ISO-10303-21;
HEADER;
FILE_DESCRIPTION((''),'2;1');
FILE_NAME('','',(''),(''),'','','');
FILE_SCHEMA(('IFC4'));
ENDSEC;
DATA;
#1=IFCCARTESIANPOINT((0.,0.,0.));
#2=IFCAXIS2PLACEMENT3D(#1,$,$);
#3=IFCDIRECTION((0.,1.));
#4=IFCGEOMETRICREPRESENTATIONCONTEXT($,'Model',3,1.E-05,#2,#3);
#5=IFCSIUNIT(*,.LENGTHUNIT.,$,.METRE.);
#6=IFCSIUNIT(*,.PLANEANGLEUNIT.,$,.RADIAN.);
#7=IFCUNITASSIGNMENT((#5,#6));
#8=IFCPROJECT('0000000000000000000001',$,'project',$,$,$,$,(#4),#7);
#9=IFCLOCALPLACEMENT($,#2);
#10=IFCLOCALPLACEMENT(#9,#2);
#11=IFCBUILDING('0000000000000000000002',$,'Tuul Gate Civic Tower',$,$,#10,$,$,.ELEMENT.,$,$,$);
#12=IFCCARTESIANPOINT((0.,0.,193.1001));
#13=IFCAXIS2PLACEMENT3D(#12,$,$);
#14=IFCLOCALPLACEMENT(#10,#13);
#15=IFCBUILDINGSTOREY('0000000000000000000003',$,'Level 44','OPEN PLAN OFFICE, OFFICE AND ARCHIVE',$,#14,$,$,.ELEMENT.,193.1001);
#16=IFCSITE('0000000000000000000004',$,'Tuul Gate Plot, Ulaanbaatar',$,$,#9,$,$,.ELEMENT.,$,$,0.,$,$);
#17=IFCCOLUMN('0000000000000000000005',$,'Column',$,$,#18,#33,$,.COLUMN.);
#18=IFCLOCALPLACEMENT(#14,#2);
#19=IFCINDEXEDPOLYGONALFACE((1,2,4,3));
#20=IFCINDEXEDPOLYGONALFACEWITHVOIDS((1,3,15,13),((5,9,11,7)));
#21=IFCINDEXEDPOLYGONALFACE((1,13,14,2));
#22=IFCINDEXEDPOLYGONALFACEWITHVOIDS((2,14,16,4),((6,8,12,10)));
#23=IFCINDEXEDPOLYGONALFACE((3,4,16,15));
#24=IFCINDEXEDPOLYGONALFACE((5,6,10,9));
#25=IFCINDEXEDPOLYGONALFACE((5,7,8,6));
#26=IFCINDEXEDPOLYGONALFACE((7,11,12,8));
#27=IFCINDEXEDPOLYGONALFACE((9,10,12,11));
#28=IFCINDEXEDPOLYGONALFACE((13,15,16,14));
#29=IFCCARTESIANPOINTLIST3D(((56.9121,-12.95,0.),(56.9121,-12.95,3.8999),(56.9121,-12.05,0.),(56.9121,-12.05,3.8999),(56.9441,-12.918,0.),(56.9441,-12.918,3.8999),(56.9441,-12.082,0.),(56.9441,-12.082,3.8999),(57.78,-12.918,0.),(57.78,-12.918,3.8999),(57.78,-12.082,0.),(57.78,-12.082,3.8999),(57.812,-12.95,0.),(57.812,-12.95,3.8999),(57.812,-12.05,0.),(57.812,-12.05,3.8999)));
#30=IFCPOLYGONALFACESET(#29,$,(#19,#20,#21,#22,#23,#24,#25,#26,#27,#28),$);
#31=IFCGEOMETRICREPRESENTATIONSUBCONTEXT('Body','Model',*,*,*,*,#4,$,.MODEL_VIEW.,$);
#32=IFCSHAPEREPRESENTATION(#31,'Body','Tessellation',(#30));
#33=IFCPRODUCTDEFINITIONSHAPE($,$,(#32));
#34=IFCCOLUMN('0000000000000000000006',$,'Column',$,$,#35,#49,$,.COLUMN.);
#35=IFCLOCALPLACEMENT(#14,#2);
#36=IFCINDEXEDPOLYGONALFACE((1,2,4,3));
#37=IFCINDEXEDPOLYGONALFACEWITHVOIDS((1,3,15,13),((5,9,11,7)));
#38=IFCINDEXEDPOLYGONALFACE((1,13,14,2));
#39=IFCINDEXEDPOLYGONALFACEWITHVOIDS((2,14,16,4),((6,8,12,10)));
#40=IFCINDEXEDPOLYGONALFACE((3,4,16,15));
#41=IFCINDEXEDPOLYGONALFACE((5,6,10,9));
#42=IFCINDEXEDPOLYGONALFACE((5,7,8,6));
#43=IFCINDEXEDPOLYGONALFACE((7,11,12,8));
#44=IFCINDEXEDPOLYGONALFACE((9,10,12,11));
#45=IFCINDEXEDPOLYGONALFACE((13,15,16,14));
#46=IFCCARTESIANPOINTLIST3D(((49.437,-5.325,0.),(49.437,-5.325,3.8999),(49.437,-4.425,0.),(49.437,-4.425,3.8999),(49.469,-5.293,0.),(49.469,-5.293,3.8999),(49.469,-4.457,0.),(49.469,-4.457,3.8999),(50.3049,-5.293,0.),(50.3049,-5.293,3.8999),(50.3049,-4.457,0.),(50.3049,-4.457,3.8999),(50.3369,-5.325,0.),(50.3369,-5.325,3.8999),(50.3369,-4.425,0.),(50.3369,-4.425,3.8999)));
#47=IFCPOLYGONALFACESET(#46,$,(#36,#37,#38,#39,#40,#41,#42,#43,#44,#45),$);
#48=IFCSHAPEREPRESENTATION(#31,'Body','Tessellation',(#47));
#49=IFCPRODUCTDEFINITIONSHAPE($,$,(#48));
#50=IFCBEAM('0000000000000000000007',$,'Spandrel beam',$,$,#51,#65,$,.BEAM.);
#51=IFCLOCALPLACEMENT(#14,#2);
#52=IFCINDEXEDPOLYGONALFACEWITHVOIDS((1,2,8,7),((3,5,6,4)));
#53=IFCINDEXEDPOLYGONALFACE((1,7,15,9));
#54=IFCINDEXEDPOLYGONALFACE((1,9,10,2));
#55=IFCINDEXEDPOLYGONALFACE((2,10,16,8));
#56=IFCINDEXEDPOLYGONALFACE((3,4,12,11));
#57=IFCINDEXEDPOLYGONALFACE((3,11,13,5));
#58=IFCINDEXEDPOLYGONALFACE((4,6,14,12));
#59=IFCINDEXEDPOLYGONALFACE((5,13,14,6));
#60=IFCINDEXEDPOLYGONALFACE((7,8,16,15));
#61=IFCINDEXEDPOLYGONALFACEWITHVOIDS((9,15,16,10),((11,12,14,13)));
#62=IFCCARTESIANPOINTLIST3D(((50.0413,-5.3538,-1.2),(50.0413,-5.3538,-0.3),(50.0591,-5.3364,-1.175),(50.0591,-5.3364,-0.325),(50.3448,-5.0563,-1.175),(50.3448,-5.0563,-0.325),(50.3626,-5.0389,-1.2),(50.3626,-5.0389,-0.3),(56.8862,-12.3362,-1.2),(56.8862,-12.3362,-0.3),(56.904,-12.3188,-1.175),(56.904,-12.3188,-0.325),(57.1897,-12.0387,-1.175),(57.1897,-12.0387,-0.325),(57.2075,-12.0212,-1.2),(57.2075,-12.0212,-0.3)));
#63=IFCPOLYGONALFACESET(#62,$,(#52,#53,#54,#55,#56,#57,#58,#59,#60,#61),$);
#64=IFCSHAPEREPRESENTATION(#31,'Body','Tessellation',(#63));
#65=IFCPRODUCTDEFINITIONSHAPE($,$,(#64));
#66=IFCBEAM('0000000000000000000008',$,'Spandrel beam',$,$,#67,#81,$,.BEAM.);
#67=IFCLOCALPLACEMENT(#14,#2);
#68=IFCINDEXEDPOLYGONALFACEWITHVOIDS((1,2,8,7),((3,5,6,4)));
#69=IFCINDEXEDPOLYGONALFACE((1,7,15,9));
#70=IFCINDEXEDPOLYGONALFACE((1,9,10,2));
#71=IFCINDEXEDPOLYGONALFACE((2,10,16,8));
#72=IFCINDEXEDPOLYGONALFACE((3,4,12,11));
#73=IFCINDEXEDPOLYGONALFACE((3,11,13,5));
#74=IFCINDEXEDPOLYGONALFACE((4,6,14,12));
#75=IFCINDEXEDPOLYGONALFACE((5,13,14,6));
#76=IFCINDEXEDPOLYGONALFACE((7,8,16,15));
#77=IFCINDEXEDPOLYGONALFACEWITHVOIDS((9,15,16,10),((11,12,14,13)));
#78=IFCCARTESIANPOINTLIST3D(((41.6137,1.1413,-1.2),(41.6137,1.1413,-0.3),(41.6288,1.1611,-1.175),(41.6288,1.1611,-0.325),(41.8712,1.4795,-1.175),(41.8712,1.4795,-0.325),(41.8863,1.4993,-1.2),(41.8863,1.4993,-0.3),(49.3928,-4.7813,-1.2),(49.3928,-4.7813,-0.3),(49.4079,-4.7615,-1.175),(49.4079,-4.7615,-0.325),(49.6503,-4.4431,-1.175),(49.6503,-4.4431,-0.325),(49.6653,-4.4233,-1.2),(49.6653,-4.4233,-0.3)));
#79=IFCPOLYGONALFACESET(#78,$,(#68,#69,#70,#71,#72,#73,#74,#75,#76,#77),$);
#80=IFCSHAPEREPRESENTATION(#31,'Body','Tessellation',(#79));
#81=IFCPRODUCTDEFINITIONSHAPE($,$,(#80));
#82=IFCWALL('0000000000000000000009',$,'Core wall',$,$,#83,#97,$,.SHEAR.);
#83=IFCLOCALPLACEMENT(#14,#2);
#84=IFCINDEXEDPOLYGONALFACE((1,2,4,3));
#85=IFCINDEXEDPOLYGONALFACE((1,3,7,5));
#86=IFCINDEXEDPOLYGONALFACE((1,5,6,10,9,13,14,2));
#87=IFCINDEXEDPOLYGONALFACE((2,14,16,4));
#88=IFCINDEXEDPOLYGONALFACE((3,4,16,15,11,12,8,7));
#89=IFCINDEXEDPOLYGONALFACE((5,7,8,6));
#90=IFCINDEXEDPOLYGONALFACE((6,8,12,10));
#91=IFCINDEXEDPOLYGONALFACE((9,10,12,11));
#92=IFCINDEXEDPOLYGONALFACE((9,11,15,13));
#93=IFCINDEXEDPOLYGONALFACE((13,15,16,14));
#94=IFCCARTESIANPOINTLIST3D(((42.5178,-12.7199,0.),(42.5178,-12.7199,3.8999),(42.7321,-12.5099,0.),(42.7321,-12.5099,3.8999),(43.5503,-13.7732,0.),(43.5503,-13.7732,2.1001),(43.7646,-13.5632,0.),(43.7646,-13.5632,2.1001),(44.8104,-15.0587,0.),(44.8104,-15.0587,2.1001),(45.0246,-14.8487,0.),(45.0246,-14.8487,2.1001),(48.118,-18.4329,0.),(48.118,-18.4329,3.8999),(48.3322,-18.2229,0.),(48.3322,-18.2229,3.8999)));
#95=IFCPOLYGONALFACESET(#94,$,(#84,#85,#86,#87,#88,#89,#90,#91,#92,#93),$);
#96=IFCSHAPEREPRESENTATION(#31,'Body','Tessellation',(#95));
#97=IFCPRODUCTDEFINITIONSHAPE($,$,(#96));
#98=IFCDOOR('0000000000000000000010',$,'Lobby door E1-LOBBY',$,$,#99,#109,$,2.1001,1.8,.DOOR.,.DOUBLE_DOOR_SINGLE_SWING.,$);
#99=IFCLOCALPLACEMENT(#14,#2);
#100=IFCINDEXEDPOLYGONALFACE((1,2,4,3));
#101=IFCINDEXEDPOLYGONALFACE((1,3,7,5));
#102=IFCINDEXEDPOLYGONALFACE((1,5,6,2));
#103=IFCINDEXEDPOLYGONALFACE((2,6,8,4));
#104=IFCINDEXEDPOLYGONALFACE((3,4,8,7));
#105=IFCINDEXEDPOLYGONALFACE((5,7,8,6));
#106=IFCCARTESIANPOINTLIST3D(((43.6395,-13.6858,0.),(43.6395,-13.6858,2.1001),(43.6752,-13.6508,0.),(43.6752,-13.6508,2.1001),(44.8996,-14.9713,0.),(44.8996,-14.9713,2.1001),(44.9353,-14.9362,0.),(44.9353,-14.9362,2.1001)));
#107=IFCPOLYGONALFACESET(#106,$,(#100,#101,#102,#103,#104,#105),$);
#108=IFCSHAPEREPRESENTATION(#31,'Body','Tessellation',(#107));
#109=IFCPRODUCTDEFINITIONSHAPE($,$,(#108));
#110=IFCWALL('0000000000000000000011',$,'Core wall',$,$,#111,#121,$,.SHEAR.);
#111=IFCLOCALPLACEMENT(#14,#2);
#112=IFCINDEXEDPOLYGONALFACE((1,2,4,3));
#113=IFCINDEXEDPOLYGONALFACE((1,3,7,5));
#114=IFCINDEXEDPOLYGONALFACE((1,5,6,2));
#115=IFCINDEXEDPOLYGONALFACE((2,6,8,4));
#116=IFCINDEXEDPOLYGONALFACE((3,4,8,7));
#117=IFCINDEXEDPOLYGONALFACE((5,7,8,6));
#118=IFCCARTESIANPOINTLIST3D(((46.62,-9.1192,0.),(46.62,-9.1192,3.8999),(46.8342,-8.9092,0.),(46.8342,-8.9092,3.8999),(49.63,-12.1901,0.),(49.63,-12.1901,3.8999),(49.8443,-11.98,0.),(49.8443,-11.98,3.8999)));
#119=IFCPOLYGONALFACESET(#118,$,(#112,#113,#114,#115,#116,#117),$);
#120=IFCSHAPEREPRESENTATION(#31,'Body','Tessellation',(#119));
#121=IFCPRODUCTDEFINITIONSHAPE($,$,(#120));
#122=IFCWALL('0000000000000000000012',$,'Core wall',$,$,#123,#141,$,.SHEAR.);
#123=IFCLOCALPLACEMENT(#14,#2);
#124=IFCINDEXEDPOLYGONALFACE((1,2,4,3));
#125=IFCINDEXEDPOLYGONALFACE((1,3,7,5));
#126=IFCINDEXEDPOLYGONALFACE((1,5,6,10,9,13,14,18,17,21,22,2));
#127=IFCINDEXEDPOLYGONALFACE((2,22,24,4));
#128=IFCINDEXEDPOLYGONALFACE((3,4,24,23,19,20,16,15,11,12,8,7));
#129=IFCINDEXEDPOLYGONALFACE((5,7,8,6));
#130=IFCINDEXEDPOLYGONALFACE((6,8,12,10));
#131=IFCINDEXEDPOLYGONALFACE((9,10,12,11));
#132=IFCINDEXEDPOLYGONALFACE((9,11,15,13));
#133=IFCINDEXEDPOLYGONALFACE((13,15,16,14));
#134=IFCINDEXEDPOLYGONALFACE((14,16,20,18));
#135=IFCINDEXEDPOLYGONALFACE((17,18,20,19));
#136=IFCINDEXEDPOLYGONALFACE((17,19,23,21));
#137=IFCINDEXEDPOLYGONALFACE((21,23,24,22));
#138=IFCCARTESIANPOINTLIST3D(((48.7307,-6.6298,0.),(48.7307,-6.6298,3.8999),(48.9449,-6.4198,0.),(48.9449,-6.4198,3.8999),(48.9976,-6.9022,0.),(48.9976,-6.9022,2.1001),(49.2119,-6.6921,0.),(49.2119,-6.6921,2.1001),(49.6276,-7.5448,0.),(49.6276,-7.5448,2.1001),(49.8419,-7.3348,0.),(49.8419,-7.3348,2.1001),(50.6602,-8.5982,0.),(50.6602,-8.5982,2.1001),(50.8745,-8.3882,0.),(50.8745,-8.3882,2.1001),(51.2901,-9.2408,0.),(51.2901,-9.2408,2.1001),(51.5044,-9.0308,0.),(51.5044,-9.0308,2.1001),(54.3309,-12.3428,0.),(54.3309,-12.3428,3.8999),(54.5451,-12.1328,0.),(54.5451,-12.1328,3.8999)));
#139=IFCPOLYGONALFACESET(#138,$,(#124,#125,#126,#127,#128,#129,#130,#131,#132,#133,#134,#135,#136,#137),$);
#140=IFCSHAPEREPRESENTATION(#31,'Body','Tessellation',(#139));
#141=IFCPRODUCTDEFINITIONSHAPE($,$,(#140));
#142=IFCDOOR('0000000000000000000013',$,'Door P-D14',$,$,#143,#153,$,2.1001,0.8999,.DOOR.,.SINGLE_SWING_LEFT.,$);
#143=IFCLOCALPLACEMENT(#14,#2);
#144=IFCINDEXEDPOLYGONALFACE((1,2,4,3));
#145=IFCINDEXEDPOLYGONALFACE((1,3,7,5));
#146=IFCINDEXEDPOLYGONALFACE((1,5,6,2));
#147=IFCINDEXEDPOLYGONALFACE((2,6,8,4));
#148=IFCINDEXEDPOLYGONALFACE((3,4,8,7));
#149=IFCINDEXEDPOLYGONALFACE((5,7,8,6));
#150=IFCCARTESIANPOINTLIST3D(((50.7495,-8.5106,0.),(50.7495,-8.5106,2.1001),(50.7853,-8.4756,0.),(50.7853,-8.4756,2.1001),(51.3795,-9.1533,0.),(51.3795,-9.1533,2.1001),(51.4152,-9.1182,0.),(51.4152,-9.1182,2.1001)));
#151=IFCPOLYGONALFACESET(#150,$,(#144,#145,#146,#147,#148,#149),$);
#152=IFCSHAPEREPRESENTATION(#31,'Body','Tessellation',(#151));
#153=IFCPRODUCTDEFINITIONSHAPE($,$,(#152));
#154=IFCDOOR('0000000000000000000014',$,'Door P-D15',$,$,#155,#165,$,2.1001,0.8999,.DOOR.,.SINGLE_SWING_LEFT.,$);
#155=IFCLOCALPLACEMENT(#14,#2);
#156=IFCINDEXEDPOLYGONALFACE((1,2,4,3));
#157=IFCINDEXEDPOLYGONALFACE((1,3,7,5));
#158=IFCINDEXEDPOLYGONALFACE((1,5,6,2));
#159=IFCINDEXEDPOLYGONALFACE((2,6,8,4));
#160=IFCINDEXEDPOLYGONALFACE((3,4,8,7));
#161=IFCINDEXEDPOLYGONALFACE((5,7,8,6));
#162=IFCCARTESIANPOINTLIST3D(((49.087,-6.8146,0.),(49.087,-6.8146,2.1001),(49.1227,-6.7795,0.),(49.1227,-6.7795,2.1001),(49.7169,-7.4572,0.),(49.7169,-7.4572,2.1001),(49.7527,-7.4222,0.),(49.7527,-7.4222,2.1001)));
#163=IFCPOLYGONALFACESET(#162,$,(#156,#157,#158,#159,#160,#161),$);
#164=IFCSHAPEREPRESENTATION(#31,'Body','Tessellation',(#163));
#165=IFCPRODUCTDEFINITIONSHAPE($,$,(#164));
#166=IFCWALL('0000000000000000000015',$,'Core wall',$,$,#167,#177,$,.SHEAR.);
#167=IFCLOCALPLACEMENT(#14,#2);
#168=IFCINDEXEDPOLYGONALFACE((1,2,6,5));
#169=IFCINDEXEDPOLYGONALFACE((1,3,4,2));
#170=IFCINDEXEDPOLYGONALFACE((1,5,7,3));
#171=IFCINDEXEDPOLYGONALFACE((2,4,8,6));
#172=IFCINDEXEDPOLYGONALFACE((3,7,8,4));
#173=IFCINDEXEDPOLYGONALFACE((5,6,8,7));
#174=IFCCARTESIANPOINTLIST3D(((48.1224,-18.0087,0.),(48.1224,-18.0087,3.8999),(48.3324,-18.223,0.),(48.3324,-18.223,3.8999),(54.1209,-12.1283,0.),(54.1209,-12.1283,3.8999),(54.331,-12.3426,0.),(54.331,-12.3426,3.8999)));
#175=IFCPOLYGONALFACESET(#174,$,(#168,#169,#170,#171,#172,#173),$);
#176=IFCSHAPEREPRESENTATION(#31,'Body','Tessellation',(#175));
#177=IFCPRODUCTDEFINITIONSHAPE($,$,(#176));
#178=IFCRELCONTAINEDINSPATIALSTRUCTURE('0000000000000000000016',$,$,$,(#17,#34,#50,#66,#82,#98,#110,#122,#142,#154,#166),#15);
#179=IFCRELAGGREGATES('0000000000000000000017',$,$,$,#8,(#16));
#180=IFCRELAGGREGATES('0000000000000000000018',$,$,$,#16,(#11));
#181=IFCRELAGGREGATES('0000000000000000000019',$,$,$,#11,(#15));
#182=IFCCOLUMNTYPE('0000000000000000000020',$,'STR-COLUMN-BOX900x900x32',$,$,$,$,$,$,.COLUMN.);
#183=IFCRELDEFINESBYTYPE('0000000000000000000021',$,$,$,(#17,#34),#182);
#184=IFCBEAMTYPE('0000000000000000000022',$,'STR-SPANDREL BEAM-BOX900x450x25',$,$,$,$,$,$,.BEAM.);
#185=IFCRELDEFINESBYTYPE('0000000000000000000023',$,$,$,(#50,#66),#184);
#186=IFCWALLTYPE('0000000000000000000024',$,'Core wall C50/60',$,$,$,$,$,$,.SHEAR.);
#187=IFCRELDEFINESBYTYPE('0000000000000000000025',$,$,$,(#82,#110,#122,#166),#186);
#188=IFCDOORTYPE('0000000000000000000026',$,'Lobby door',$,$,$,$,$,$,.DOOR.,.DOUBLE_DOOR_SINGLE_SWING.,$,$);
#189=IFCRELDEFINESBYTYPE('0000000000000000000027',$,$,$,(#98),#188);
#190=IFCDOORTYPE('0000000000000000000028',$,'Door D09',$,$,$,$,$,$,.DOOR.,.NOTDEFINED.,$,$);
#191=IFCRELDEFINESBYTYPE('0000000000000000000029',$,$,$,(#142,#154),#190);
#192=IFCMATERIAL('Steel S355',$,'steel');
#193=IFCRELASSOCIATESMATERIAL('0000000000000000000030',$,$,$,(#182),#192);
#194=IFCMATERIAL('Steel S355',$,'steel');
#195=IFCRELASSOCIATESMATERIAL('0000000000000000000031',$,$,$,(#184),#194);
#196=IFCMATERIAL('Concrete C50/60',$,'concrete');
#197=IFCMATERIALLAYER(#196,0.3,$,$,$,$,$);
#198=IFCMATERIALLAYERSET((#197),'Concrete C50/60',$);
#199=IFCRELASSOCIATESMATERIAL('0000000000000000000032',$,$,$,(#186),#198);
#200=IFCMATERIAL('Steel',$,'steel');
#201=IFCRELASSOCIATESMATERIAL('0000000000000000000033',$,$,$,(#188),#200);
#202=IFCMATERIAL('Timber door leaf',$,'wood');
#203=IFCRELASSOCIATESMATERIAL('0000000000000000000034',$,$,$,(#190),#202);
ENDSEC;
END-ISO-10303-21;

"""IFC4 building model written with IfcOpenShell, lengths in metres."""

from ifc_helpers import new_model, si_unit, direction, frame, frame_2d, origin, origin_2d, place, context, subcontext, project, spatial, rectangle, hollow_rectangle, extrude, material, layer, layer_set, material_profile, profile_set, type_object, element, fill, save


model = new_model("IFC4")

# Units and contexts
model_context = context("Model", 3, precision=1e-05, world=origin(), true_north=direction((0.0, 1.0)))
body_context = subcontext(model_context, "Body", "Model", "MODEL_VIEW")
ifc_project = project(units=[si_unit("LENGTHUNIT", "METRE"), si_unit("PLANEANGLEUNIT", "RADIAN")], contexts=[model_context])

# Site, building, storey
site_placement = place(None, origin())
site = spatial("IfcSite", under=ifc_project, at=site_placement, Name="Tuul Gate Plot, Ulaanbaatar", CompositionType="ELEMENT", RefElevation=0.0)
building_placement = place(site_placement, origin())
building = spatial("IfcBuilding", under=site, at=building_placement, Name="Tuul Gate Civic Tower", CompositionType="ELEMENT")
storey_placement = place(building_placement, frame((0.0, 0.0, 193.1001)))
storey = spatial("IfcBuildingStorey", under=building, at=storey_placement, Name="Level 44", Description="OPEN PLAN OFFICE, OFFICE AND ARCHIVE", CompositionType="ELEMENT", Elevation=193.1001)

# Columns
ifc_material_1 = material(Name="Steel S355", Category="steel")
ifc_material_profile_1 = material_profile(ifc_material_1, hollow_rectangle(XDim=0.8999, YDim=0.8999, WallThickness=0.032, at=origin_2d()), Name="BOX900x900x32")
ifc_profile_set_1 = profile_set([ifc_material_profile_1], Name="Steel S355")
column_type = type_object("IfcColumnType", Name="STR-COLUMN-BOX900x900x32", PredefinedType="COLUMN", material=ifc_profile_set_1)
for number, where, z_axis, x_axis, name in (
    (1, (57.3621, -12.5, 0.0), (0.0, 0.0, 1.0), (1.0, 0.0, 0.0), "Column"),
    (2, (49.887, -4.875, 0.0), (0.0, 0.0, 1.0), (1.0, 0.0, 0.0), "Column"),
):
    element("IfcColumn", number, at=place(storey_placement, frame(where, z_axis=z_axis, x_axis=x_axis)), inside=storey, type_object=column_type, Name=name, PredefinedType="COLUMN", context=body_context, shape_type="SweptSolid", body=[
        extrude(hollow_rectangle(XDim=0.8999, YDim=0.8999, WallThickness=0.032, at=origin_2d()), origin(), (0.0, 0.0, 1.0), 3.8999),
    ])

# Beams
ifc_material_2 = material(Name="Steel S355", Category="steel")
ifc_material_profile_2 = material_profile(ifc_material_2, hollow_rectangle(XDim=0.45, YDim=0.8999, WallThickness=0.0249, at=origin_2d()), Name="BOX900x450x25")
ifc_profile_set_2 = profile_set([ifc_material_profile_2], Name="Steel S355")
beam_type = type_object("IfcBeamType", Name="STR-SPANDREL BEAM-BOX900x450x25", PredefinedType="BEAM", material=ifc_profile_set_2)
beam_1_placement = place(storey_placement, frame((57.0469, -12.1787, -0.75), z_axis=(-0.700043, 0.7141, 0.0), x_axis=(-0.7141, -0.700043, 0.0)))
element("IfcBeam", 3, at=beam_1_placement, inside=storey, type_object=beam_type, Name="Spandrel beam", PredefinedType="BEAM", context=body_context, shape_type="SweptSolid", body=[
    extrude(hollow_rectangle(XDim=0.45, YDim=0.8999, WallThickness=0.0249, at=origin_2d()), origin(), (0.0, 0.0, 1.0), 9.7778),
])
beam_2_placement = place(storey_placement, frame((49.5291, -4.6023, -0.75), z_axis=(-0.795643, 0.605766, 0.0), x_axis=(-0.605766, -0.795643, 0.0)))
element("IfcBeam", 4, at=beam_2_placement, inside=storey, type_object=beam_type, Name="Spandrel beam", PredefinedType="BEAM", context=body_context, shape_type="SweptSolid", body=[
    extrude(hollow_rectangle(XDim=0.45, YDim=0.8999, WallThickness=0.0249, at=origin_2d()), origin(), (0.0, 0.0, 1.0), 9.7771),
])

# Wall, opening, door
ifc_material_3 = material(Name="Concrete C50/60", Category="concrete")
ifc_layer_1 = layer(ifc_material_3, 0.3)
ifc_layer_set_1 = layer_set([ifc_layer_1], Name="Concrete C50/60")
wall_type_1 = type_object("IfcWallType", Name="Core wall C50/60", PredefinedType="SHEAR", material=ifc_layer_set_1)
wall_1_placement = place(storey_placement, frame((48.2251, -18.3279, 0.0), z_axis=(0.0, 0.0, 1.0), x_axis=(-0.700022, 0.714121, 0.0)))
wall_1 = element("IfcWall", 5, at=wall_1_placement, inside=storey, type_object=wall_type_1, Name="Core wall", PredefinedType="SHEAR", context=body_context, shape_type="SweptSolid", body=[
    extrude(rectangle(XDim=8.0, YDim=0.3, at=frame_2d((4.0, 0.0))), origin(), (0.0, 0.0, 1.0), 3.8999),
])
opening_1_placement = place(wall_1_placement, frame((4.7251, 0.0, 0.0)))
opening_1 = element("IfcOpeningElement", 6, at=opening_1_placement, cuts=wall_1, PredefinedType="OPENING", context=body_context, shape_type="SweptSolid", body=[
    extrude(rectangle(XDim=1.8, YDim=2.1001, at=frame_2d((0.8999, 1.05))), frame((0.0, 0.1602, 0.0), z_axis=(0.0, -1.0, 0.0), x_axis=(1.0, 0.0, 0.0)), (0.0, 0.0, 1.0), 0.3201),
])
ifc_material_4 = material(Name="Steel", Category="steel")
door_type_1 = type_object("IfcDoorType", Name="Lobby door", OperationType="DOUBLE_DOOR_SINGLE_SWING", PredefinedType="DOOR", material=ifc_material_4)
door_1_placement = place(opening_1_placement, frame((1.8, 0.0, 0.0), z_axis=(0.0, 0.0, 1.0), x_axis=(-1.0, 0.0, 0.0)))
door_1 = element("IfcDoor", 7, at=door_1_placement, inside=storey, type_object=door_type_1, Name="Lobby door E1-LOBBY", OperationType="DOUBLE_DOOR_SINGLE_SWING", OverallHeight=2.1001, OverallWidth=1.8, PredefinedType="DOOR", context=body_context, shape_type="SweptSolid", body=[
    extrude(rectangle(XDim=1.8, YDim=2.1001, at=frame_2d((0.9001, 1.05))), frame((0.0, 0.0249, 0.0), z_axis=(0.0, -1.0, 0.0), x_axis=(1.0, 0.0, 0.0)), (0.0, 0.0, 1.0), 0.05),
])
fill(opening_1, door_1)

# Wall
wall_2_placement = place(storey_placement, frame((49.7371, -12.085, 0.0), z_axis=(0.0, 0.0, 1.0), x_axis=(-0.700003, 0.71414, 0.0)))
element("IfcWall", 8, at=wall_2_placement, inside=storey, type_object=wall_type_1, Name="Core wall", PredefinedType="SHEAR", context=body_context, shape_type="SweptSolid", body=[
    extrude(rectangle(XDim=4.3, YDim=0.3, at=frame_2d((2.1499, 0.0))), origin(), (0.0, 0.0, 1.0), 3.8999),
])

# Wall, openings, doors
wall_3_placement = place(storey_placement, frame((54.438, -12.2378, 0.0), z_axis=(0.0, 0.0, 1.0), x_axis=(-0.700022, 0.714121, 0.0)))
wall_3 = element("IfcWall", 9, at=wall_3_placement, inside=storey, type_object=wall_type_1, Name="Core wall", PredefinedType="SHEAR", context=body_context, shape_type="SweptSolid", body=[
    extrude(rectangle(XDim=8.0, YDim=0.3, at=frame_2d((4.0, 0.0))), origin(), (0.0, 0.0, 1.0), 3.8999),
])
opening_2_placement = place(wall_3_placement, frame((4.3438, 0.0, 0.0)))
opening_2 = element("IfcOpeningElement", 10, at=opening_2_placement, cuts=wall_3, PredefinedType="OPENING", context=body_context, shape_type="SweptSolid", body=[
    extrude(rectangle(XDim=0.8999, YDim=2.1001, at=frame_2d((0.45, 1.05))), frame((0.0, 0.1602, 0.0), z_axis=(0.0, -1.0, 0.0), x_axis=(1.0, 0.0, 0.0)), (0.0, 0.0, 1.0), 0.3201),
])
opening_3_placement = place(wall_3_placement, frame((6.7188, 0.0, 0.0)))
opening_3 = element("IfcOpeningElement", 11, at=opening_3_placement, cuts=wall_3, PredefinedType="OPENING", context=body_context, shape_type="SweptSolid", body=[
    extrude(rectangle(XDim=0.8999, YDim=2.1001, at=frame_2d((0.45, 1.05))), frame((0.0, 0.1602, 0.0), z_axis=(0.0, -1.0, 0.0), x_axis=(1.0, 0.0, 0.0)), (0.0, 0.0, 1.0), 0.3201),
])
ifc_material_5 = material(Name="Timber door leaf", Category="wood")
door_type_2 = type_object("IfcDoorType", Name="Door D09", OperationType="NOTDEFINED", PredefinedType="DOOR", material=ifc_material_5)
door_2_placement = place(opening_2_placement, origin())
door_2 = element("IfcDoor", 12, at=door_2_placement, inside=storey, type_object=door_type_2, Name="Door P-D14", OperationType="SINGLE_SWING_LEFT", OverallHeight=2.1001, OverallWidth=0.8999, PredefinedType="DOOR", context=body_context, shape_type="SweptSolid", body=[
    extrude(rectangle(XDim=0.8999, YDim=2.1001, at=frame_2d((0.45, 1.05))), frame((0.0, 0.0249, 0.0), z_axis=(0.0, -1.0, 0.0), x_axis=(1.0, 0.0, 0.0)), (0.0, 0.0, 1.0), 0.05),
])
fill(opening_2, door_2)
door_3_placement = place(opening_3_placement, origin())
door_3 = element("IfcDoor", 13, at=door_3_placement, inside=storey, type_object=door_type_2, Name="Door P-D15", OperationType="SINGLE_SWING_LEFT", OverallHeight=2.1001, OverallWidth=0.8999, PredefinedType="DOOR", context=body_context, shape_type="SweptSolid", body=[
    extrude(rectangle(XDim=0.8999, YDim=2.1001, at=frame_2d((0.45, 1.05))), frame((0.0, 0.0249, 0.0), z_axis=(0.0, -1.0, 0.0), x_axis=(1.0, 0.0, 0.0)), (0.0, 0.0, 1.0), 0.05),
])
fill(opening_3, door_3)

# Wall
wall_4_placement = place(storey_placement, frame((48.2273, -18.116, 0.0), z_axis=(0.0, 0.0, 1.0), x_axis=(0.714105, 0.700038, 0.0)))
element("IfcWall", 14, at=wall_4_placement, inside=storey, type_object=wall_type_1, Name="Core wall", PredefinedType="SHEAR", context=body_context, shape_type="SweptSolid", body=[
    extrude(rectangle(XDim=8.4001, YDim=0.3, at=frame_2d((4.2002, 0.0))), origin(), (0.0, 0.0, 1.0), 3.8999),
])

save(model, "model.ifc")
